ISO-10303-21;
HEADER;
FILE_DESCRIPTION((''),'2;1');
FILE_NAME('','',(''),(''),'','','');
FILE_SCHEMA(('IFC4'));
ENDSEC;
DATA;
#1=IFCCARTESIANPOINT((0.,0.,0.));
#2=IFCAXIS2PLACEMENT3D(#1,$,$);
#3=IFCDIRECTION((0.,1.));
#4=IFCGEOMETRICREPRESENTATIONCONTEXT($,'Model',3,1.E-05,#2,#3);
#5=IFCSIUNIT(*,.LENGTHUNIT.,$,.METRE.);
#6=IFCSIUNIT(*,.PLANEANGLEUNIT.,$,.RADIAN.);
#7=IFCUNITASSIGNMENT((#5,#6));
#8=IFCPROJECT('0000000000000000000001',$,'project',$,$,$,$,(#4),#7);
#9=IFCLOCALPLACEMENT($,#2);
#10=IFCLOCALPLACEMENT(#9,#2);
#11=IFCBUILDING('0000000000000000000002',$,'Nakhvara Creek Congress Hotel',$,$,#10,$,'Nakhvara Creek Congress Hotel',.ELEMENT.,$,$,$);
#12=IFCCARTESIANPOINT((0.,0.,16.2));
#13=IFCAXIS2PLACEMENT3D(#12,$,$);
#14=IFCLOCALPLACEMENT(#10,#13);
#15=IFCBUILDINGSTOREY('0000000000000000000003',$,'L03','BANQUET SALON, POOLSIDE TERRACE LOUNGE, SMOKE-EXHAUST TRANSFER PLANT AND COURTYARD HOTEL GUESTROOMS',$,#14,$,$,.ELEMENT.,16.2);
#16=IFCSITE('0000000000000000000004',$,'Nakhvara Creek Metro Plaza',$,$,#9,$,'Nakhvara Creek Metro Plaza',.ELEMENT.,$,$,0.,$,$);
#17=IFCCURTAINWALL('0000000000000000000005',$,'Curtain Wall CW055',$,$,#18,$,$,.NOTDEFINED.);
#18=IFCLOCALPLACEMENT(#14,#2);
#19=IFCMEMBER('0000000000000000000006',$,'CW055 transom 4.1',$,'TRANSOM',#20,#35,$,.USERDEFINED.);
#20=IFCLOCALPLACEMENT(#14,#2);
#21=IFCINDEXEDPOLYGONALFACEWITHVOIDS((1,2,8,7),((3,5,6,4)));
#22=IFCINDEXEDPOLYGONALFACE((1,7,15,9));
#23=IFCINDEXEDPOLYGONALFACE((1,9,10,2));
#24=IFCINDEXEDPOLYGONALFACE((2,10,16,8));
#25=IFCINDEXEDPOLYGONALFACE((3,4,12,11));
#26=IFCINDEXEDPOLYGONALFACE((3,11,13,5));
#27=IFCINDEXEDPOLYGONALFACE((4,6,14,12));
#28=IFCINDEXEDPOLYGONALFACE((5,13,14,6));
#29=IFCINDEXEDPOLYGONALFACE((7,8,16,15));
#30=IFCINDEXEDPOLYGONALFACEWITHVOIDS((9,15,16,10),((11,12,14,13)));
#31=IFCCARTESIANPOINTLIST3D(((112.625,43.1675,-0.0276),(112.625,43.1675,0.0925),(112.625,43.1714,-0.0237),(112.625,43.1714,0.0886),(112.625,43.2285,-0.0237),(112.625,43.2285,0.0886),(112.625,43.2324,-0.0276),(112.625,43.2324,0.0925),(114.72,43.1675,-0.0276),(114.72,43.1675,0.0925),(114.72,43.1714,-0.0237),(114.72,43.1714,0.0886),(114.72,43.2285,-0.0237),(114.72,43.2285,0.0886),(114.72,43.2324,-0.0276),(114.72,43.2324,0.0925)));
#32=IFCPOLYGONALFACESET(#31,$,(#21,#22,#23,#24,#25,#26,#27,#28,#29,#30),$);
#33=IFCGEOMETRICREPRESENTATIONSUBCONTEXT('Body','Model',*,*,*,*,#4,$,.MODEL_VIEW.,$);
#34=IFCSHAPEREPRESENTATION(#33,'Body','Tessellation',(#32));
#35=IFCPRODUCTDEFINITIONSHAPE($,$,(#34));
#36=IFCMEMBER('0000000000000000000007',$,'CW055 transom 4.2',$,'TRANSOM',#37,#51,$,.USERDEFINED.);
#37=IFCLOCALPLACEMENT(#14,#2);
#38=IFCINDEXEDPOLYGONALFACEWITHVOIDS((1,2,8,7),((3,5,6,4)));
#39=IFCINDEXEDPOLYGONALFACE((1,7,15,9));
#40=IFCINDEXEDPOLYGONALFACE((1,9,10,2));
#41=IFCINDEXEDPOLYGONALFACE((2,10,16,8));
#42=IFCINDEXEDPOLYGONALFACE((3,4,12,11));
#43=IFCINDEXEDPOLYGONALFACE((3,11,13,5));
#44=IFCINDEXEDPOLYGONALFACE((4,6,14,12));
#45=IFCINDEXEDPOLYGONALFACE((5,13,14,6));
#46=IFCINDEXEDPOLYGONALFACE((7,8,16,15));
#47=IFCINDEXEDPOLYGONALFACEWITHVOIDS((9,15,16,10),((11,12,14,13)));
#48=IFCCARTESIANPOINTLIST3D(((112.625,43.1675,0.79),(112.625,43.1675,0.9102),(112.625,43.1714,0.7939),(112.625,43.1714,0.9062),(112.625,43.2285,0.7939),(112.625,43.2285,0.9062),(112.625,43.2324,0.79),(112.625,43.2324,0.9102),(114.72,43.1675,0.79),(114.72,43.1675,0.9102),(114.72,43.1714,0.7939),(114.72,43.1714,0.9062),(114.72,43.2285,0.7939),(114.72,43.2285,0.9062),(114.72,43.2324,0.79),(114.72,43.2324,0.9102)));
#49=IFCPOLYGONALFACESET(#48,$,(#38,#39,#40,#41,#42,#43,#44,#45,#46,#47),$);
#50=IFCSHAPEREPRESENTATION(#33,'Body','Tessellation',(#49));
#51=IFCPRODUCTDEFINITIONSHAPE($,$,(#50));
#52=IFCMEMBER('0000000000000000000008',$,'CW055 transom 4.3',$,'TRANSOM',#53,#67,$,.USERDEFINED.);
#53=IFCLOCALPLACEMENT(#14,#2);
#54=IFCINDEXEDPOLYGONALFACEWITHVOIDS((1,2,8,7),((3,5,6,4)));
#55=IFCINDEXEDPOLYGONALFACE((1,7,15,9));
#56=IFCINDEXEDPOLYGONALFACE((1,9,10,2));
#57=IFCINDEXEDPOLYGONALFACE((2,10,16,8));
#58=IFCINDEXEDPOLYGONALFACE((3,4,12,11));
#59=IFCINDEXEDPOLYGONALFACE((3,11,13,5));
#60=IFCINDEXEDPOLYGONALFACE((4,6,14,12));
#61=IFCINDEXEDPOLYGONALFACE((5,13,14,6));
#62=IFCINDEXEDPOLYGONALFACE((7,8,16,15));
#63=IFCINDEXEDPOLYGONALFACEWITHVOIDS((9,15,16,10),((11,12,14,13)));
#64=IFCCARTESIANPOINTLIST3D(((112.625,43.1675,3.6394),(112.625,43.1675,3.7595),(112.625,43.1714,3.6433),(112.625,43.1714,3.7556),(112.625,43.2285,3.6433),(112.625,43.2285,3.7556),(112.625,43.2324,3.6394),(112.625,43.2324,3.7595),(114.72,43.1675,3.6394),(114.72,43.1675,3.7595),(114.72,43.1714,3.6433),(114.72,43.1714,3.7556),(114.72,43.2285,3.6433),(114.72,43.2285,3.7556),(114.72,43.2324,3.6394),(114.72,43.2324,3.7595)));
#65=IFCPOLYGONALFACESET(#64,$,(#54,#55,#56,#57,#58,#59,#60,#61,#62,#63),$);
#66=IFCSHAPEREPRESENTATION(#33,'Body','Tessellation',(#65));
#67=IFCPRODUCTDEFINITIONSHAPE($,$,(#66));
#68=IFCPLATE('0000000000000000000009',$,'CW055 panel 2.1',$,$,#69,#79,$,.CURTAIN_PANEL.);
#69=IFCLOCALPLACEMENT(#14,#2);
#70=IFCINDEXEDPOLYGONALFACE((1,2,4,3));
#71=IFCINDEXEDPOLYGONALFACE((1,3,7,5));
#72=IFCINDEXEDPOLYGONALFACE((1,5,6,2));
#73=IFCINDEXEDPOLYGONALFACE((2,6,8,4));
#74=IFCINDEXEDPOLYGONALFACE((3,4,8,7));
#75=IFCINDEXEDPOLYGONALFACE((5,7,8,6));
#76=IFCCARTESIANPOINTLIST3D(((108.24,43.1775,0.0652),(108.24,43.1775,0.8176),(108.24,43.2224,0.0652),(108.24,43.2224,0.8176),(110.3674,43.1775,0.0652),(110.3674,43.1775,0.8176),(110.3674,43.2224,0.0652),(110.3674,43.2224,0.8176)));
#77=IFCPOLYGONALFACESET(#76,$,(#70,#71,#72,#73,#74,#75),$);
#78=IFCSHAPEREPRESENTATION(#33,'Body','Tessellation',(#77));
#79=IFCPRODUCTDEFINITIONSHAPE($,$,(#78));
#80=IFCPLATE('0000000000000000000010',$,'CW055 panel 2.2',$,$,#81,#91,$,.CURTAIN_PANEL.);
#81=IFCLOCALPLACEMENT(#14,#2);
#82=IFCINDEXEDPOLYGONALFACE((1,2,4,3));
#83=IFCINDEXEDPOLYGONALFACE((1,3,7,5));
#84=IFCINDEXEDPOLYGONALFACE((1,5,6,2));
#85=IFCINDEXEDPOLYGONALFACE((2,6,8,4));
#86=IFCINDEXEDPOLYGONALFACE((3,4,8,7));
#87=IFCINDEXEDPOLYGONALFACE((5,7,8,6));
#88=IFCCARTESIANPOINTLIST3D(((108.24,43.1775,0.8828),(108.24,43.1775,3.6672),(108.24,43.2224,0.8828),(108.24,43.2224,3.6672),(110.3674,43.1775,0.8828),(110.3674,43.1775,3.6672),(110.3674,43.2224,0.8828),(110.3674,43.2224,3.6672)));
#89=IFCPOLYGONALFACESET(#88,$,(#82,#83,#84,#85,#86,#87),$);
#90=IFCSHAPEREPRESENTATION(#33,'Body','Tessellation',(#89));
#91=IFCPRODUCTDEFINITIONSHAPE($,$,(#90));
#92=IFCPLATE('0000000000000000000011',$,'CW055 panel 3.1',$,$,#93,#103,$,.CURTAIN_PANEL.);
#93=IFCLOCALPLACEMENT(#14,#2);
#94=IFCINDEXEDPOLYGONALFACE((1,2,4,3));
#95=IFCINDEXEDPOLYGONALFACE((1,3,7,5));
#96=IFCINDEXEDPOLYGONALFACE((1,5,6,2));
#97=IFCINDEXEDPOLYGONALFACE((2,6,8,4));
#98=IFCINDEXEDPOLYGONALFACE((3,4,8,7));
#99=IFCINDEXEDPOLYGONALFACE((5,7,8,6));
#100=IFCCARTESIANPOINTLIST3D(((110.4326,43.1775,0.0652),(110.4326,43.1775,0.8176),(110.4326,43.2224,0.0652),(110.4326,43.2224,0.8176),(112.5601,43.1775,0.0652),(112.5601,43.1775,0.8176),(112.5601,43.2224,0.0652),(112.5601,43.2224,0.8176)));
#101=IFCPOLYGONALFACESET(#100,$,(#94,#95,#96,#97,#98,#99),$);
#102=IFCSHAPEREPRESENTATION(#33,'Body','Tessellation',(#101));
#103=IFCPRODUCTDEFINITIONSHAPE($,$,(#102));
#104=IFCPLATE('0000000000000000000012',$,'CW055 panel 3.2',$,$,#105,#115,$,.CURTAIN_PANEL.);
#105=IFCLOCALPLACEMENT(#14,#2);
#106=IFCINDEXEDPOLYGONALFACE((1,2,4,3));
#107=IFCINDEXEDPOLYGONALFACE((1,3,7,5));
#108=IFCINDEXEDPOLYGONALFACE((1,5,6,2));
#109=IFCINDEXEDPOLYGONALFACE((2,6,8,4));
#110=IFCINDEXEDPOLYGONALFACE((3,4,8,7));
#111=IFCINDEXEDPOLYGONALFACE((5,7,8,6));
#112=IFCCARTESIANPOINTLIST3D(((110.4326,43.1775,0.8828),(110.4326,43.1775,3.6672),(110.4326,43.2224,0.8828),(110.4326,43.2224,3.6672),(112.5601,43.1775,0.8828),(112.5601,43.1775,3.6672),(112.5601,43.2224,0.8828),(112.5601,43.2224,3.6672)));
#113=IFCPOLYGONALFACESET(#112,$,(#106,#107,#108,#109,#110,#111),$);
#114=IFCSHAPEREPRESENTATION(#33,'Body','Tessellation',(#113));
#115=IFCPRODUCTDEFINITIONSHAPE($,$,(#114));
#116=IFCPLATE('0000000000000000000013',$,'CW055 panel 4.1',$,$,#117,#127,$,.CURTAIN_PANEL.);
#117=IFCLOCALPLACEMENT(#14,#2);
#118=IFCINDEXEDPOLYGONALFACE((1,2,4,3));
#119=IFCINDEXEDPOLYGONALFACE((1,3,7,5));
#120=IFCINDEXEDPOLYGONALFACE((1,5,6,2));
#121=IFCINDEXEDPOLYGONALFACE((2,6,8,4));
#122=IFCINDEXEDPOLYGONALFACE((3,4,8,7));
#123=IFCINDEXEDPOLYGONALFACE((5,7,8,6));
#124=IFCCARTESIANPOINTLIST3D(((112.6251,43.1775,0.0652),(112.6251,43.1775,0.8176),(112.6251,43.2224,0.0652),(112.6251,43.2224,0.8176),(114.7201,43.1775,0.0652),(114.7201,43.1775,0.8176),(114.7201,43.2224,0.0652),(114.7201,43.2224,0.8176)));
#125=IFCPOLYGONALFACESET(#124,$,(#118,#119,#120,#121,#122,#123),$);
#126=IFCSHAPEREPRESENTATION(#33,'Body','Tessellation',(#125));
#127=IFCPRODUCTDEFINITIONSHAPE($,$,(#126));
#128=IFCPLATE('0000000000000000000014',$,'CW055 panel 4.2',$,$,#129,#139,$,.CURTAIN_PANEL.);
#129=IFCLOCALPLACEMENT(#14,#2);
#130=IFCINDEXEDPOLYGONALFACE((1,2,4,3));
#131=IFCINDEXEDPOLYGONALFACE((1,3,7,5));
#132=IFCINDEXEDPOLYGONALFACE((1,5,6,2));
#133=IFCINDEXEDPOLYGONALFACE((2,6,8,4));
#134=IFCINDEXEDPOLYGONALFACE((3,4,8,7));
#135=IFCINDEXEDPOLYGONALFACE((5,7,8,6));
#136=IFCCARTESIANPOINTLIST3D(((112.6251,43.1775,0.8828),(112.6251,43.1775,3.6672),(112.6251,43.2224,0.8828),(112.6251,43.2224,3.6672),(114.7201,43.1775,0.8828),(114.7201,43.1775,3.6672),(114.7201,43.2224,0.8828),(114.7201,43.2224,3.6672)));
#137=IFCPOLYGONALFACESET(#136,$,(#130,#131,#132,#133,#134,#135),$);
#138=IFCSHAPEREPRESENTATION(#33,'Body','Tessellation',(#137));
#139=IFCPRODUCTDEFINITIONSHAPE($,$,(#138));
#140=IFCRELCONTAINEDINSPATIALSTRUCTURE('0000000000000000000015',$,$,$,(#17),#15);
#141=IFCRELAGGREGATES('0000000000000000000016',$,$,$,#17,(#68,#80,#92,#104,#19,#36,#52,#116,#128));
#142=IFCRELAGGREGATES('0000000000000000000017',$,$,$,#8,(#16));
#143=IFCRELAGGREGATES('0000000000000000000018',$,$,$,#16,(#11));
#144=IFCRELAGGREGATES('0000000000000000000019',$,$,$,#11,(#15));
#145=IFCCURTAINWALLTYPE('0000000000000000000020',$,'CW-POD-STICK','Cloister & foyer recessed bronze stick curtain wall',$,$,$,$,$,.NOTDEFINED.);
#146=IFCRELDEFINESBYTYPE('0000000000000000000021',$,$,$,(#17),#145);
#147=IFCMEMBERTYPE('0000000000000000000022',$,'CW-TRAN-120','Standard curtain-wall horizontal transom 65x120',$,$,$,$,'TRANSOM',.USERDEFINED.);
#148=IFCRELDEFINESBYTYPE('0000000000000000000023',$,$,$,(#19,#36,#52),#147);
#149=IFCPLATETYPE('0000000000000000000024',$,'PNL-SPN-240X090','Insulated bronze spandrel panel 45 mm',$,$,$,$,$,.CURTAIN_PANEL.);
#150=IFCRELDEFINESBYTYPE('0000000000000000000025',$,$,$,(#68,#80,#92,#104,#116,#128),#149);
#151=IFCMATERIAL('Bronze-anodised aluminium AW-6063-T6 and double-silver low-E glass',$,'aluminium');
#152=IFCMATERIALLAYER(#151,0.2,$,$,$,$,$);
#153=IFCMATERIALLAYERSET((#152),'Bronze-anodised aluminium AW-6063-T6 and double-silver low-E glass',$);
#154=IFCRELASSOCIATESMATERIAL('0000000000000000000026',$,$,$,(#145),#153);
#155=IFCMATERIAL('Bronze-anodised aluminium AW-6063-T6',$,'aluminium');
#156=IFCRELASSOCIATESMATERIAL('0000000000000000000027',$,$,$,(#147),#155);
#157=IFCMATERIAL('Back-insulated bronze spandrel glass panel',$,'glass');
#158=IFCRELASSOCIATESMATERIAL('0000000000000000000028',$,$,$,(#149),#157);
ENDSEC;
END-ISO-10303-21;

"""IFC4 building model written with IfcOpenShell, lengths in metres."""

from ifc_helpers import new_model, si_unit, direction, frame, origin, origin_2d, place, context, subcontext, project, spatial, rectangle, hollow_rectangle, extrude, material, layer, layer_set, material_profile, profile_set, type_object, element, aggregate, save


model = new_model("IFC4")

# Units and contexts
model_context = context("Model", 3, precision=1e-05, world=origin(), true_north=direction((0.0, 1.0)))
body_context = subcontext(model_context, "Body", "Model", "MODEL_VIEW")
ifc_project = project(units=[si_unit("LENGTHUNIT", "METRE"), si_unit("PLANEANGLEUNIT", "RADIAN")], contexts=[model_context])

# Site, building, storey
site_placement = place(None, origin())
site = spatial("IfcSite", under=ifc_project, at=site_placement, Name="Nakhvara Creek Metro Plaza", LongName="Nakhvara Creek Metro Plaza", CompositionType="ELEMENT", RefElevation=0.0)
building_placement = place(site_placement, origin())
building = spatial("IfcBuilding", under=site, at=building_placement, Name="Nakhvara Creek Congress Hotel", LongName="Nakhvara Creek Congress Hotel", CompositionType="ELEMENT")
storey_placement = place(building_placement, frame((0.0, 0.0, 16.2)))
storey = spatial("IfcBuildingStorey", under=building, at=storey_placement, Name="L03", Description="BANQUET SALON, POOLSIDE TERRACE LOUNGE, SMOKE-EXHAUST TRANSFER PLANT AND COURTYARD HOTEL GUESTROOMS", CompositionType="ELEMENT", Elevation=16.2)

# Curtain wall, members, plates
ifc_material_1 = material(Name="Bronze-anodised aluminium AW-6063-T6 and double-silver low-E glass", Category="aluminium")
ifc_layer = layer(ifc_material_1, 0.2)
ifc_layer_set = layer_set([ifc_layer], Name="Bronze-anodised aluminium AW-6063-T6 and double-silver low-E glass")
curtain_wall_type = type_object("IfcCurtainWallType", Name="CW-POD-STICK", Description="Cloister & foyer recessed bronze stick curtain wall", PredefinedType="NOTDEFINED", material=ifc_layer_set)
curtain_wall_placement = place(storey_placement, origin())
curtain_wall = element("IfcCurtainWall", 1, at=curtain_wall_placement, inside=storey, type_object=curtain_wall_type, Name="Curtain Wall CW055", PredefinedType="NOTDEFINED")
ifc_material_2 = material(Name="Bronze-anodised aluminium AW-6063-T6", Category="aluminium")
ifc_material_profile_1 = material_profile(ifc_material_2, hollow_rectangle(XDim=0.0649, YDim=0.1201, WallThickness=0.0039, at=origin_2d()), Name="ALU-TRAN 65x120x4", Category="LoadBearing")
ifc_profile_set_1 = profile_set([ifc_material_profile_1], Name="Bronze-anodised aluminium AW-6063-T6")
member_type_1 = type_object("IfcMemberType", Name="CW-TRAN-120", Description="Standard curtain-wall horizontal transom 65x120", ElementType="TRANSOM", PredefinedType="USERDEFINED", material=ifc_profile_set_1)
member_1_placement = place(storey_placement, frame((112.625, 43.2, 0.0325), z_axis=(1.0, 0.0, 0.0), x_axis=(0.0, 1.0, 0.0)))
member_1 = element("IfcMember", 2, at=member_1_placement, type_object=member_type_1, Name="CW055 transom 4.1", ObjectType="TRANSOM", PredefinedType="USERDEFINED", context=body_context, shape_type="SweptSolid", body=[
    extrude(hollow_rectangle(XDim=0.0649, YDim=0.1201, WallThickness=0.0039, at=origin_2d()), origin(), (0.0, 0.0, 1.0), 2.095),
])
member_2_placement = place(storey_placement, frame((112.625, 43.2, 0.8501), z_axis=(1.0, 0.0, 0.0), x_axis=(0.0, 1.0, 0.0)))
member_2 = element("IfcMember", 3, at=member_2_placement, type_object=member_type_1, Name="CW055 transom 4.2", ObjectType="TRANSOM", PredefinedType="USERDEFINED", context=body_context, shape_type="SweptSolid", body=[
    extrude(hollow_rectangle(XDim=0.0649, YDim=0.1201, WallThickness=0.0039, at=origin_2d()), origin(), (0.0, 0.0, 1.0), 2.095),
])
member_3_placement = place(storey_placement, frame((112.625, 43.2, 3.6995), z_axis=(1.0, 0.0, 0.0), x_axis=(0.0, 1.0, 0.0)))
member_3 = element("IfcMember", 4, at=member_3_placement, type_object=member_type_1, Name="CW055 transom 4.3", ObjectType="TRANSOM", PredefinedType="USERDEFINED", context=body_context, shape_type="SweptSolid", body=[
    extrude(hollow_rectangle(XDim=0.0649, YDim=0.1201, WallThickness=0.0039, at=origin_2d()), origin(), (0.0, 0.0, 1.0), 2.095),
])
ifc_material_3 = material(Name="Back-insulated bronze spandrel glass panel", Category="glass")
plate_type = type_object("IfcPlateType", Name="PNL-SPN-240X090", Description="Insulated bronze spandrel panel 45 mm", PredefinedType="CURTAIN_PANEL", material=ifc_material_3)
plate_1_placement = place(storey_placement, frame((109.3037, 43.2, 0.0652), z_axis=(0.0, 0.0, 1.0), x_axis=(1.0, 0.0, 0.0)))
plate_1 = element("IfcPlate", 5, at=plate_1_placement, type_object=plate_type, Name="CW055 panel 2.1", PredefinedType="CURTAIN_PANEL", context=body_context, shape_type="SweptSolid", body=[
    extrude(rectangle(XDim=2.1274, YDim=0.0449, at=origin_2d()), origin(), (0.0, 0.0, 1.0), 0.7524),
])
plate_2_placement = place(storey_placement, frame((109.3037, 43.2, 0.8828), z_axis=(0.0, 0.0, 1.0), x_axis=(1.0, 0.0, 0.0)))
plate_2 = element("IfcPlate", 6, at=plate_2_placement, type_object=plate_type, Name="CW055 panel 2.2", PredefinedType="CURTAIN_PANEL", context=body_context, shape_type="SweptSolid", body=[
    extrude(rectangle(XDim=2.1274, YDim=0.0449, at=origin_2d()), origin(), (0.0, 0.0, 1.0), 2.7844),
])
plate_3_placement = place(storey_placement, frame((111.4963, 43.2, 0.0652), z_axis=(0.0, 0.0, 1.0), x_axis=(1.0, 0.0, 0.0)))
plate_3 = element("IfcPlate", 7, at=plate_3_placement, type_object=plate_type, Name="CW055 panel 3.1", PredefinedType="CURTAIN_PANEL", context=body_context, shape_type="SweptSolid", body=[
    extrude(rectangle(XDim=2.1274, YDim=0.0449, at=origin_2d()), origin(), (0.0, 0.0, 1.0), 0.7524),
])
plate_4_placement = place(storey_placement, frame((111.4963, 43.2, 0.8828), z_axis=(0.0, 0.0, 1.0), x_axis=(1.0, 0.0, 0.0)))
plate_4 = element("IfcPlate", 8, at=plate_4_placement, type_object=plate_type, Name="CW055 panel 3.2", PredefinedType="CURTAIN_PANEL", context=body_context, shape_type="SweptSolid", body=[
    extrude(rectangle(XDim=2.1274, YDim=0.0449, at=origin_2d()), origin(), (0.0, 0.0, 1.0), 2.7844),
])
plate_5_placement = place(storey_placement, frame((113.6726, 43.2, 0.0652), z_axis=(0.0, 0.0, 1.0), x_axis=(1.0, 0.0, 0.0)))
plate_5 = element("IfcPlate", 9, at=plate_5_placement, type_object=plate_type, Name="CW055 panel 4.1", PredefinedType="CURTAIN_PANEL", context=body_context, shape_type="SweptSolid", body=[
    extrude(rectangle(XDim=2.095, YDim=0.0449, at=origin_2d()), origin(), (0.0, 0.0, 1.0), 0.7524),
])
plate_6_placement = place(storey_placement, frame((113.6726, 43.2, 0.8828), z_axis=(0.0, 0.0, 1.0), x_axis=(1.0, 0.0, 0.0)))
plate_6 = element("IfcPlate", 10, at=plate_6_placement, type_object=plate_type, Name="CW055 panel 4.2", PredefinedType="CURTAIN_PANEL", context=body_context, shape_type="SweptSolid", body=[
    extrude(rectangle(XDim=2.095, YDim=0.0449, at=origin_2d()), origin(), (0.0, 0.0, 1.0), 2.7844),
])
aggregate(curtain_wall, [plate_1, plate_2, plate_3, plate_4, member_1, member_2, member_3, plate_5, plate_6])

save(model, "model.ifc")
